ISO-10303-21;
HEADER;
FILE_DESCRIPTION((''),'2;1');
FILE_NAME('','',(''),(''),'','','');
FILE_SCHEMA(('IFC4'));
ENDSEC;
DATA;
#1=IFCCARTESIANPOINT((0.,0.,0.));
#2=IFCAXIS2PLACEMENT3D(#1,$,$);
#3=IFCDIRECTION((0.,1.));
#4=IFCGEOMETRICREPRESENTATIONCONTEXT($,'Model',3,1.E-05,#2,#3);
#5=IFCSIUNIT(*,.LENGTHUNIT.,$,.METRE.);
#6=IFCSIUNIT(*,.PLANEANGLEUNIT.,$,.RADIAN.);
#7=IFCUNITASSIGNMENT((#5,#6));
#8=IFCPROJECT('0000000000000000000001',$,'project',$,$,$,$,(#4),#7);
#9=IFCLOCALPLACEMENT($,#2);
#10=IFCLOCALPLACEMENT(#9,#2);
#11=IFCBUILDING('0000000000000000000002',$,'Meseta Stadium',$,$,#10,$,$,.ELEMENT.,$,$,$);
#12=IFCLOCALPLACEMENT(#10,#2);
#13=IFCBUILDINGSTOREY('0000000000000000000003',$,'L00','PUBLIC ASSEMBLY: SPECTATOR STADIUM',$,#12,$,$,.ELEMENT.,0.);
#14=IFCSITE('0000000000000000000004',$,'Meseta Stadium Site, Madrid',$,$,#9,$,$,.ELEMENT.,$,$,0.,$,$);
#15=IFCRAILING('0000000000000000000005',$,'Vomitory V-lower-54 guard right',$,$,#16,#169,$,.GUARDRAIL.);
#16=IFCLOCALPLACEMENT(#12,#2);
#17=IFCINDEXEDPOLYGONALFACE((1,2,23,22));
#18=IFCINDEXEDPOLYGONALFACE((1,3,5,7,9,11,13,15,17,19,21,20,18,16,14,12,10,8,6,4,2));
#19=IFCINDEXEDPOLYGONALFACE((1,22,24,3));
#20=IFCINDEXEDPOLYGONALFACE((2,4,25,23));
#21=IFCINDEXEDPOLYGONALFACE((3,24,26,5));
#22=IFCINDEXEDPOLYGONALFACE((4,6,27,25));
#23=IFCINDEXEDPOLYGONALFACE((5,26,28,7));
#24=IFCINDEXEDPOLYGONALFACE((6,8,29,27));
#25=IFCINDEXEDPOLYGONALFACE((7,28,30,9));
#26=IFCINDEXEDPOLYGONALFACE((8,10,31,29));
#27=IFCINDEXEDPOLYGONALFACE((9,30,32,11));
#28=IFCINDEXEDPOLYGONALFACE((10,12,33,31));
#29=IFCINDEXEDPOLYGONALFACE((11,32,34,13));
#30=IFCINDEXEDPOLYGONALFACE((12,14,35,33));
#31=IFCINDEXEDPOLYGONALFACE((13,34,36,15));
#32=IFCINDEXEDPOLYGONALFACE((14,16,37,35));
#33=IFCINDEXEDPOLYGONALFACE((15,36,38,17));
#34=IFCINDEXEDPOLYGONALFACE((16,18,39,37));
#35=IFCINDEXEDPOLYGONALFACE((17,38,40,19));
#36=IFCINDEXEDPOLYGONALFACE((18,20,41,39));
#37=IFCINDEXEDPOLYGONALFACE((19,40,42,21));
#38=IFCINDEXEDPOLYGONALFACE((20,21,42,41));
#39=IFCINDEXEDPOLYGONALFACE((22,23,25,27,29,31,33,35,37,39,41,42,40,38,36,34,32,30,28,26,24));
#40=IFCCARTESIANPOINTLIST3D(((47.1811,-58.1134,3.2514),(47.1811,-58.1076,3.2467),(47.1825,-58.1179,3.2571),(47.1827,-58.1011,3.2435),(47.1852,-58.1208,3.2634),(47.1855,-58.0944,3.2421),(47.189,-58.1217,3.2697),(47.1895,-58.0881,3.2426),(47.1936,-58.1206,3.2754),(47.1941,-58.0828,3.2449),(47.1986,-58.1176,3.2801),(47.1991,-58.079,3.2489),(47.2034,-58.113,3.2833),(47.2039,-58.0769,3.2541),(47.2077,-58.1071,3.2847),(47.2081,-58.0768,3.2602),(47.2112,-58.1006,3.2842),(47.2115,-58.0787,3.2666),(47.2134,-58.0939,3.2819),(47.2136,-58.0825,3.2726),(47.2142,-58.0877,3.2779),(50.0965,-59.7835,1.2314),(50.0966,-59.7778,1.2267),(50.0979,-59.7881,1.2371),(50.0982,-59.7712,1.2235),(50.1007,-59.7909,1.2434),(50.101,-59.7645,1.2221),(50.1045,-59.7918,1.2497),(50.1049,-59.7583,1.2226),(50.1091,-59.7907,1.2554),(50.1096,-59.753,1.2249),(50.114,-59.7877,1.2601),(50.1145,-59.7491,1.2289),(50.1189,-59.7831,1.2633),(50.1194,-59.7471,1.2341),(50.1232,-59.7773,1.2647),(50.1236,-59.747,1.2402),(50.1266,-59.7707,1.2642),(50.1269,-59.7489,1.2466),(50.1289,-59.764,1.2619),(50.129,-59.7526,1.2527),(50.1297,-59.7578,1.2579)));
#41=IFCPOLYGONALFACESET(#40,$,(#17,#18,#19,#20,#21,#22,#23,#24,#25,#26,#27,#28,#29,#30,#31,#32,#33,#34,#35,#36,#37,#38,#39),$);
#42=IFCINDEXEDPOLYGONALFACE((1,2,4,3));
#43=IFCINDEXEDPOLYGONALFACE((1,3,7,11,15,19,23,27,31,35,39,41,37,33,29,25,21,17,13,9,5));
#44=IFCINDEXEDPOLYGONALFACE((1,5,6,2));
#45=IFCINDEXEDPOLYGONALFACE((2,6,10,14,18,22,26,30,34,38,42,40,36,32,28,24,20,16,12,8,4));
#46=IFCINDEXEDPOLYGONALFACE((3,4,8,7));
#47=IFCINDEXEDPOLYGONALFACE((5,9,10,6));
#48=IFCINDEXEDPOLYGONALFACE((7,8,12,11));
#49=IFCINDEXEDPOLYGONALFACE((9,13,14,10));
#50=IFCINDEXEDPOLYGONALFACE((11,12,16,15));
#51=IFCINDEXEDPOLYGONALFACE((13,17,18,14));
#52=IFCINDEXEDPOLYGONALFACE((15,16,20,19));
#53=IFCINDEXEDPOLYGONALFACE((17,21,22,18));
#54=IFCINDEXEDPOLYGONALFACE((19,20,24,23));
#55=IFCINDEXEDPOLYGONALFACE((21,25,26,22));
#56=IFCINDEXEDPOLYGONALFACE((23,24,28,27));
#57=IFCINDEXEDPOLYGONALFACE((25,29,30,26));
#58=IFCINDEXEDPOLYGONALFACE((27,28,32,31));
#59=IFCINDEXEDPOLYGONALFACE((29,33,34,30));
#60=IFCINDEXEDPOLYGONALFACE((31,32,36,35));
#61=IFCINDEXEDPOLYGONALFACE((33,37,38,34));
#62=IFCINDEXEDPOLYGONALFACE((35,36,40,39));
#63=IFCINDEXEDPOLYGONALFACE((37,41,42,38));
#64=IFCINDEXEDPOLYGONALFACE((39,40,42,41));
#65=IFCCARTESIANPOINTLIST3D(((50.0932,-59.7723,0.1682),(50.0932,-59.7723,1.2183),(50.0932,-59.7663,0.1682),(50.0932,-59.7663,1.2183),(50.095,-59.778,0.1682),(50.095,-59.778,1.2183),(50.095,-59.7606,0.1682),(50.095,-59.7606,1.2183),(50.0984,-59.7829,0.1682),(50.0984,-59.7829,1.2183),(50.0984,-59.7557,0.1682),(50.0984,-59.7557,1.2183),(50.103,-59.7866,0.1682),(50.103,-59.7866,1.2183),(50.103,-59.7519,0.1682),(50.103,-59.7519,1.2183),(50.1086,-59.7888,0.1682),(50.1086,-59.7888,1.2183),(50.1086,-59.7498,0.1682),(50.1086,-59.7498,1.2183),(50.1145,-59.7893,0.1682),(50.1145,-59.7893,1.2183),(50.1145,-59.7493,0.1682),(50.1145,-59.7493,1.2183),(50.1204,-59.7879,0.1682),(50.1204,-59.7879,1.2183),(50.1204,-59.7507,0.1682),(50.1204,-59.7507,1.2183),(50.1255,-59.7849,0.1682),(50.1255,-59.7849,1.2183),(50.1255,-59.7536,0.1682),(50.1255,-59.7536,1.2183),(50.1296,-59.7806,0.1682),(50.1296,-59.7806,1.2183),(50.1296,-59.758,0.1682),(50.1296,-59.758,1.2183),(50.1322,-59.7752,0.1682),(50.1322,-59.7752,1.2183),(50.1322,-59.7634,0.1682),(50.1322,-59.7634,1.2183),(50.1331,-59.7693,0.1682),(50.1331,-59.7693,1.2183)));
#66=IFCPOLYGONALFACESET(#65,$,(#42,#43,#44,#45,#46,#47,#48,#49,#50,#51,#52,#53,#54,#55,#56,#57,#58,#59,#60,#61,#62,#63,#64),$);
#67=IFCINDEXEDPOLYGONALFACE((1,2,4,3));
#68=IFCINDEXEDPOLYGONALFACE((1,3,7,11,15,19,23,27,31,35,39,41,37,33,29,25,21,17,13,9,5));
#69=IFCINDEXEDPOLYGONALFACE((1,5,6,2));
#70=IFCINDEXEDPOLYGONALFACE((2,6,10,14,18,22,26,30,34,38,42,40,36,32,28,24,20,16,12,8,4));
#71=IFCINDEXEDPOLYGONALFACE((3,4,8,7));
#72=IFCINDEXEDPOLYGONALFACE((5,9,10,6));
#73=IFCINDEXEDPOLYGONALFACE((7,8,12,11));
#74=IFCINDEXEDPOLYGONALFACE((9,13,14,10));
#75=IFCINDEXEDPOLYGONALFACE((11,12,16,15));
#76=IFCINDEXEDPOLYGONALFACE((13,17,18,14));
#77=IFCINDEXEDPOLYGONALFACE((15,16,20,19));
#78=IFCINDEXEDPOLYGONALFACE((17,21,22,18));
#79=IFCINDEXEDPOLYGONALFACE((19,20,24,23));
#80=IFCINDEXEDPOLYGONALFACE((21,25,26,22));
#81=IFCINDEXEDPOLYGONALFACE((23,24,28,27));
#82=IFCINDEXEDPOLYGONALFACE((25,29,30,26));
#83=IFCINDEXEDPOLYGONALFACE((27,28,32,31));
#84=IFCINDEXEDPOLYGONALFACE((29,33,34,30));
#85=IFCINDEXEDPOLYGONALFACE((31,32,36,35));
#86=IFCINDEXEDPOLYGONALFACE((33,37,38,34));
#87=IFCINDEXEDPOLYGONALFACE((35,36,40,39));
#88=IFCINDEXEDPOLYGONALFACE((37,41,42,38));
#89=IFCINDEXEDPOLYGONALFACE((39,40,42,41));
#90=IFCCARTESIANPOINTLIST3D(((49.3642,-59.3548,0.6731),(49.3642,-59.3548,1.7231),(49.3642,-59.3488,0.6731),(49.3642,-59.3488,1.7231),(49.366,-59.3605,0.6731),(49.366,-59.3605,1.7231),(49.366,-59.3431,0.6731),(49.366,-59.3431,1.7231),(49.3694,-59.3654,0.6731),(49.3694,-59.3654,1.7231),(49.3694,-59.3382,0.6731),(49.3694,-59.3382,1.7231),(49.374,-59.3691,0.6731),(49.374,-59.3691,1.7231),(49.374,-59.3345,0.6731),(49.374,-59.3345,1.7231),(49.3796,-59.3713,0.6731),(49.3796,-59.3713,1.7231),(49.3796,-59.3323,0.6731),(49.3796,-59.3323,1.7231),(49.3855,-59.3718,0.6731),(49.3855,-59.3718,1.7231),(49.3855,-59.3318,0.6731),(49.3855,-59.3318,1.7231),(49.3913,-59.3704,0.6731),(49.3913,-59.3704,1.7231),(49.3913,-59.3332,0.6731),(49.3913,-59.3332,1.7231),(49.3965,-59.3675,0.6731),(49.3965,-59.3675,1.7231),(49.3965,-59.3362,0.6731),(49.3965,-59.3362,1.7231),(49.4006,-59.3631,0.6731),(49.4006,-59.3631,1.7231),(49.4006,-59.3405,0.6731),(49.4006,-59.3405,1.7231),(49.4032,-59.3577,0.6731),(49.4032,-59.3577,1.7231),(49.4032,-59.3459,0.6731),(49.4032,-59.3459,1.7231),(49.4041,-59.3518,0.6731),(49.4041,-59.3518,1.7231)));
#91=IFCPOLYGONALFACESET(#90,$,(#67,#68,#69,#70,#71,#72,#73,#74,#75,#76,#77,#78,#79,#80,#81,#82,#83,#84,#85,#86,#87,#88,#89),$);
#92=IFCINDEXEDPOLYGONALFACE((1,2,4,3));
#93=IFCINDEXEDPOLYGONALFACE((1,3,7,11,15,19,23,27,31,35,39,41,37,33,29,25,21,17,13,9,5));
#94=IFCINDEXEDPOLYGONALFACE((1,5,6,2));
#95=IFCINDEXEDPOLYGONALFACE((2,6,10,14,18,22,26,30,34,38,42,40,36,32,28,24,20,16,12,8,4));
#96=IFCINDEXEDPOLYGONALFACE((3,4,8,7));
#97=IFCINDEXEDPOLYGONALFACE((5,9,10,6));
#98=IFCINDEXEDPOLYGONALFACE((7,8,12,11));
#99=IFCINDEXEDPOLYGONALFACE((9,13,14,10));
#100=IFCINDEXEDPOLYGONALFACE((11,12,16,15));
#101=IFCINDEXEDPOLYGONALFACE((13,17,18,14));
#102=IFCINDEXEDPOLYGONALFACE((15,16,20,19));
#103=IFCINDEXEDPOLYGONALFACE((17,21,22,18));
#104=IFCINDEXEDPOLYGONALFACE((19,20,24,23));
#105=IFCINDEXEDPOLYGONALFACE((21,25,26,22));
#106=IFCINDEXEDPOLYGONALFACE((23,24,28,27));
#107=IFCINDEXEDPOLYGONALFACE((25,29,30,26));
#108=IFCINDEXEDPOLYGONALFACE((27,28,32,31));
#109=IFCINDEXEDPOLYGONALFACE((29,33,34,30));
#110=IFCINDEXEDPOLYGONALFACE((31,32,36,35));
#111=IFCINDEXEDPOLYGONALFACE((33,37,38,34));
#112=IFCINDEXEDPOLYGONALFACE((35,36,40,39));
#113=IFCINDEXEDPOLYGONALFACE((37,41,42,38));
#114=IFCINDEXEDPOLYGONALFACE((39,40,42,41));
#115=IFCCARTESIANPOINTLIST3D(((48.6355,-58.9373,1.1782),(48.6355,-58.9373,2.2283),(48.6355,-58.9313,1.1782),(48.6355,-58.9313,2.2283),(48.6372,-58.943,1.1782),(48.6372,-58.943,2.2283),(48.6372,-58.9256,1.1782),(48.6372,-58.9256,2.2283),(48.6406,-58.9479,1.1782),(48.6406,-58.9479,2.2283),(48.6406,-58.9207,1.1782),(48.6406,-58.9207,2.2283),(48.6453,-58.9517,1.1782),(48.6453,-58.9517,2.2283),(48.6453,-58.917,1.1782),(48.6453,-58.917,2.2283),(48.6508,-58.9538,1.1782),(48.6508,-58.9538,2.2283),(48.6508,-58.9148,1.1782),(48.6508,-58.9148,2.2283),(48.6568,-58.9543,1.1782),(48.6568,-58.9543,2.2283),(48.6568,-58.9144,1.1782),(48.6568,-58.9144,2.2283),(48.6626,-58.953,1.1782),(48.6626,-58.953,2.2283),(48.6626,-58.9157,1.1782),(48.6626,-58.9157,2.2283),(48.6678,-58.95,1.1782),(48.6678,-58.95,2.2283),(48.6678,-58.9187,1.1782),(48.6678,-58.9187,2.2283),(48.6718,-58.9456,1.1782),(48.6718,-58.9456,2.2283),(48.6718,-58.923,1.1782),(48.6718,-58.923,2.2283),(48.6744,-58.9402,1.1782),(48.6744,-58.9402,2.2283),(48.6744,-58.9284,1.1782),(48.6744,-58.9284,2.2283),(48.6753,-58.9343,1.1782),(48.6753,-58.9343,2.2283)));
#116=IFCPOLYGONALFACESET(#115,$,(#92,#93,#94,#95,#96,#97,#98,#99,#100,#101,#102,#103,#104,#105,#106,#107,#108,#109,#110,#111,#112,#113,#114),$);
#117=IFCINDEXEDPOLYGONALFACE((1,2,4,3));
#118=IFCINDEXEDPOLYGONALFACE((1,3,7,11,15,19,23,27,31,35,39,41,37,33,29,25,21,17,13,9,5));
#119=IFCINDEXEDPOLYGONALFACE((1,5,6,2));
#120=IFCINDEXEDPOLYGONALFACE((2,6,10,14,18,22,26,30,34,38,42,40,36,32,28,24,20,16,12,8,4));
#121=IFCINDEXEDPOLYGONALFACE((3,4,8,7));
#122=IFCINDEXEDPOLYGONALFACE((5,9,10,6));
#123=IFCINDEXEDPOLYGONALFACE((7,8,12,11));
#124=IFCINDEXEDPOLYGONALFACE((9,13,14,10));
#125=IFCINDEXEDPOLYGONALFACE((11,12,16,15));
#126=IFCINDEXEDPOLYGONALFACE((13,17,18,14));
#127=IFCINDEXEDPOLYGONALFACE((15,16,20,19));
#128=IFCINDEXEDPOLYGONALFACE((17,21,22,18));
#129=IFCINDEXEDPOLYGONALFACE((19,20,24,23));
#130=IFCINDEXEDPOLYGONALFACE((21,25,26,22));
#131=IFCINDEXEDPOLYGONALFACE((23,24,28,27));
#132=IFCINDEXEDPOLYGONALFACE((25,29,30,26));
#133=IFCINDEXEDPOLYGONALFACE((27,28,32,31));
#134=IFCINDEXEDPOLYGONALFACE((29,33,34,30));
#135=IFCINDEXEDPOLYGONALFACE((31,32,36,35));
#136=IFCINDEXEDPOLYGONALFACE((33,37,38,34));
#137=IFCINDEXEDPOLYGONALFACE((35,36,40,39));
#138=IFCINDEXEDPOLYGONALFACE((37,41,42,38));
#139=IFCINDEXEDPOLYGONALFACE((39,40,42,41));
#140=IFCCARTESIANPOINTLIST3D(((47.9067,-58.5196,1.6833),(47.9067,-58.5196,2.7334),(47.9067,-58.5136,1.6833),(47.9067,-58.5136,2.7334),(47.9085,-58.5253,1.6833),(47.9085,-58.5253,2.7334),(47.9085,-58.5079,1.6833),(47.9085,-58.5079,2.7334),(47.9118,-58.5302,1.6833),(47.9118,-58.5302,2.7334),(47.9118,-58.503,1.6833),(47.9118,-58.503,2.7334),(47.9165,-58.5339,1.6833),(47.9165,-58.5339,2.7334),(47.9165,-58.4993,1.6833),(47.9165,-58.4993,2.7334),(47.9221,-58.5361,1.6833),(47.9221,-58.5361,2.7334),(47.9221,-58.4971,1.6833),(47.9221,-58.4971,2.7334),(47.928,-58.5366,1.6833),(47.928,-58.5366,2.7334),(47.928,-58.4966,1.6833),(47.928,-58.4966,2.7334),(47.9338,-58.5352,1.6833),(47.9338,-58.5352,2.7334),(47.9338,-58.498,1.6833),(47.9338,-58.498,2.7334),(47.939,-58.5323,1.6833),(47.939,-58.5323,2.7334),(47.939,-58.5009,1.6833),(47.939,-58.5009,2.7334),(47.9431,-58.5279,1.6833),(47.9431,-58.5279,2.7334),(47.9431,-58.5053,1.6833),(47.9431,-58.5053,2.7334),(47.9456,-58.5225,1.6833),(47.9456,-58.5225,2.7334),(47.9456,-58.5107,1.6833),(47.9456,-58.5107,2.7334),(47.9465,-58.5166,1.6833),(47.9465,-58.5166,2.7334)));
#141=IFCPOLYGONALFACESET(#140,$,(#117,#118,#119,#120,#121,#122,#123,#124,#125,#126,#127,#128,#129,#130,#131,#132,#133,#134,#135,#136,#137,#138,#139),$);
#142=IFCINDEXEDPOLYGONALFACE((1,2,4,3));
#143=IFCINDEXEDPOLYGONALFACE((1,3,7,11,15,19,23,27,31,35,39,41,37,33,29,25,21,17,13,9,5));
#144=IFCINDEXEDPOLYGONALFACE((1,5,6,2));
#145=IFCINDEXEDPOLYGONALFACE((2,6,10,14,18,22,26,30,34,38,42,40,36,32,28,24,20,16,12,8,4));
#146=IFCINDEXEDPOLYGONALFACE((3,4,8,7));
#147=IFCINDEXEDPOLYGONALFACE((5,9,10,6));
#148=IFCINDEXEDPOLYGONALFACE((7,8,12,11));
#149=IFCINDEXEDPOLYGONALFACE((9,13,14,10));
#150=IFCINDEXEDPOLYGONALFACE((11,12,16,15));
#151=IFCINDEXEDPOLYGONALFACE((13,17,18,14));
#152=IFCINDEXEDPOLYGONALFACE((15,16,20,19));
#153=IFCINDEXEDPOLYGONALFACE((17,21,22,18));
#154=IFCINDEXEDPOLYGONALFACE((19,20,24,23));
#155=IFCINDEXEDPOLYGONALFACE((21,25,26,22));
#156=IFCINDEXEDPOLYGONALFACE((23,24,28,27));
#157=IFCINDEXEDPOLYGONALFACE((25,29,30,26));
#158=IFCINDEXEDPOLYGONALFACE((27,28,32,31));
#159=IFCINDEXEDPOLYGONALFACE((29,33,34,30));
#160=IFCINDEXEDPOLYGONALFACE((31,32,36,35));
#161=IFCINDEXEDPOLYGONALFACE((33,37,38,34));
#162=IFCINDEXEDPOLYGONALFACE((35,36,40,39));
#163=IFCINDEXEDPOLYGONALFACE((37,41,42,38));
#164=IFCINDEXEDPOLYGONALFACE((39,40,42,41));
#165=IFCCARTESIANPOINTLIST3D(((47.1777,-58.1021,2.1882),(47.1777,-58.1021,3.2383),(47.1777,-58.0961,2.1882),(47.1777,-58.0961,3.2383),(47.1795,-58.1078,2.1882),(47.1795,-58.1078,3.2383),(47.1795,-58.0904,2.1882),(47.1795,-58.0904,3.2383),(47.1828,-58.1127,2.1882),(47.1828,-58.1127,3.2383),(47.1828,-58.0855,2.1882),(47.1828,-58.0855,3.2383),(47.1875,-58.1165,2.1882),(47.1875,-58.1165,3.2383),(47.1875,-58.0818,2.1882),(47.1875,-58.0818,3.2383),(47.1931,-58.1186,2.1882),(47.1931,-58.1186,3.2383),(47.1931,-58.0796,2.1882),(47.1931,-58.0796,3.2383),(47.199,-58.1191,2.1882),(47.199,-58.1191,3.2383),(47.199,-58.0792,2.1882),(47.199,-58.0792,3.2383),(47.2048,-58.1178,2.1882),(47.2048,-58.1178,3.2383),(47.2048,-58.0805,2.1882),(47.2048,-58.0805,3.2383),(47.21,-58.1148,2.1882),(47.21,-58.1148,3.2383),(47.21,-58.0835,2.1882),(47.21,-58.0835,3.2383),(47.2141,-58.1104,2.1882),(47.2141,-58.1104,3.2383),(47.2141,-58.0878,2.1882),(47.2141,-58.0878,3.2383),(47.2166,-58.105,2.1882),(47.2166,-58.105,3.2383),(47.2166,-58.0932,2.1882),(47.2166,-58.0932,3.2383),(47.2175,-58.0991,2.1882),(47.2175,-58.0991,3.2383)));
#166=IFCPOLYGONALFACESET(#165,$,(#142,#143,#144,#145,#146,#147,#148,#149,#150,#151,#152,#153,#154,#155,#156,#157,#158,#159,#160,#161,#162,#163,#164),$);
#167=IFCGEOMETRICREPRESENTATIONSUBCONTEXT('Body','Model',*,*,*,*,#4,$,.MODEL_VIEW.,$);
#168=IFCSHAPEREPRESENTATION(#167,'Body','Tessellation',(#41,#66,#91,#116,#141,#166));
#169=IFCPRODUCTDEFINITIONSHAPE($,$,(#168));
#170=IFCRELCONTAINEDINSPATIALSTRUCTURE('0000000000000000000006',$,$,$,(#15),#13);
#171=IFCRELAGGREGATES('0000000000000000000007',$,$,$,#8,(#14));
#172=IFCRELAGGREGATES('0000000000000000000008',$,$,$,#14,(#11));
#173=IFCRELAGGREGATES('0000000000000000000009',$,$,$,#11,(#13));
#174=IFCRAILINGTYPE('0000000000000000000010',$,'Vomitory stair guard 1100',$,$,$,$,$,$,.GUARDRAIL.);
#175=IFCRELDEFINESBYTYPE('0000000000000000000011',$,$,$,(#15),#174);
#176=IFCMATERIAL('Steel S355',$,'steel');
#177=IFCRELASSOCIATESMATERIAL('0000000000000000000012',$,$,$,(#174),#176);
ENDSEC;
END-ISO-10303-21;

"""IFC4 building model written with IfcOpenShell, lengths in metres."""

from ifc_helpers import new_model, si_unit, direction, frame, origin, origin_2d, place, context, subcontext, project, spatial, circle, extrude, material, type_object, element, save


model = new_model("IFC4")

# Units and contexts
model_context = context("Model", 3, precision=1e-05, world=origin(), true_north=direction((0.0, 1.0)))
body_context = subcontext(model_context, "Body", "Model", "MODEL_VIEW")
ifc_project = project(units=[si_unit("LENGTHUNIT", "METRE"), si_unit("PLANEANGLEUNIT", "RADIAN")], contexts=[model_context])

# Site, building, storey
site_placement = place(None, origin())
site = spatial("IfcSite", under=ifc_project, at=site_placement, Name="Meseta Stadium Site, Madrid", CompositionType="ELEMENT", RefElevation=0.0)
building_placement = place(site_placement, origin())
building = spatial("IfcBuilding", under=site, at=building_placement, Name="Meseta Stadium", CompositionType="ELEMENT")
storey_placement = place(building_placement, origin())
storey = spatial("IfcBuildingStorey", under=building, at=storey_placement, Name="L00", Description="PUBLIC ASSEMBLY: SPECTATOR STADIUM", CompositionType="ELEMENT", Elevation=0.0)

# Railing
ifc_material_1 = material(Name="Steel S355", Category="steel")
railing_type_1 = type_object("IfcRailingType", Name="Vomitory stair guard 1100", PredefinedType="GUARDRAIL", material=ifc_material_1)
railing_1_placement = place(storey_placement, frame((50.113, -59.7693, 0.1682)))
element("IfcRailing", 1, at=railing_1_placement, inside=storey, type_object=railing_type_1, Name="Vomitory V-lower-54 guard right", PredefinedType="GUARDRAIL", context=body_context, shape_type="SweptSolid", body=[
    extrude(circle(Radius=0.0249, at=origin_2d()), frame((0.0, 0.0, 1.0752), z_axis=(-0.743664, 0.42601, 0.515247), x_axis=(-0.49707, -0.867711, 0.0)), (0.0, 0.0, 1.0), 3.9204),
    extrude(circle(Radius=0.02, at=origin_2d()), origin(), (0.0, 0.0, 1.0), 1.05),
    extrude(circle(Radius=0.02, at=origin_2d()), frame((-0.729, 0.4175, 0.5049)), (0.0, 0.0, 1.0), 1.05),
    extrude(circle(Radius=0.02, at=origin_2d()), frame((-1.4578, 0.835, 1.01)), (0.0, 0.0, 1.0), 1.05),
    extrude(circle(Radius=0.02, at=origin_2d()), frame((-2.1865, 1.2527, 1.5151)), (0.0, 0.0, 1.0), 1.05),
    extrude(circle(Radius=0.02, at=origin_2d()), frame((-2.9155, 1.6702, 2.02)), (0.0, 0.0, 1.0), 1.05),
])

save(model, "model.ifc")
